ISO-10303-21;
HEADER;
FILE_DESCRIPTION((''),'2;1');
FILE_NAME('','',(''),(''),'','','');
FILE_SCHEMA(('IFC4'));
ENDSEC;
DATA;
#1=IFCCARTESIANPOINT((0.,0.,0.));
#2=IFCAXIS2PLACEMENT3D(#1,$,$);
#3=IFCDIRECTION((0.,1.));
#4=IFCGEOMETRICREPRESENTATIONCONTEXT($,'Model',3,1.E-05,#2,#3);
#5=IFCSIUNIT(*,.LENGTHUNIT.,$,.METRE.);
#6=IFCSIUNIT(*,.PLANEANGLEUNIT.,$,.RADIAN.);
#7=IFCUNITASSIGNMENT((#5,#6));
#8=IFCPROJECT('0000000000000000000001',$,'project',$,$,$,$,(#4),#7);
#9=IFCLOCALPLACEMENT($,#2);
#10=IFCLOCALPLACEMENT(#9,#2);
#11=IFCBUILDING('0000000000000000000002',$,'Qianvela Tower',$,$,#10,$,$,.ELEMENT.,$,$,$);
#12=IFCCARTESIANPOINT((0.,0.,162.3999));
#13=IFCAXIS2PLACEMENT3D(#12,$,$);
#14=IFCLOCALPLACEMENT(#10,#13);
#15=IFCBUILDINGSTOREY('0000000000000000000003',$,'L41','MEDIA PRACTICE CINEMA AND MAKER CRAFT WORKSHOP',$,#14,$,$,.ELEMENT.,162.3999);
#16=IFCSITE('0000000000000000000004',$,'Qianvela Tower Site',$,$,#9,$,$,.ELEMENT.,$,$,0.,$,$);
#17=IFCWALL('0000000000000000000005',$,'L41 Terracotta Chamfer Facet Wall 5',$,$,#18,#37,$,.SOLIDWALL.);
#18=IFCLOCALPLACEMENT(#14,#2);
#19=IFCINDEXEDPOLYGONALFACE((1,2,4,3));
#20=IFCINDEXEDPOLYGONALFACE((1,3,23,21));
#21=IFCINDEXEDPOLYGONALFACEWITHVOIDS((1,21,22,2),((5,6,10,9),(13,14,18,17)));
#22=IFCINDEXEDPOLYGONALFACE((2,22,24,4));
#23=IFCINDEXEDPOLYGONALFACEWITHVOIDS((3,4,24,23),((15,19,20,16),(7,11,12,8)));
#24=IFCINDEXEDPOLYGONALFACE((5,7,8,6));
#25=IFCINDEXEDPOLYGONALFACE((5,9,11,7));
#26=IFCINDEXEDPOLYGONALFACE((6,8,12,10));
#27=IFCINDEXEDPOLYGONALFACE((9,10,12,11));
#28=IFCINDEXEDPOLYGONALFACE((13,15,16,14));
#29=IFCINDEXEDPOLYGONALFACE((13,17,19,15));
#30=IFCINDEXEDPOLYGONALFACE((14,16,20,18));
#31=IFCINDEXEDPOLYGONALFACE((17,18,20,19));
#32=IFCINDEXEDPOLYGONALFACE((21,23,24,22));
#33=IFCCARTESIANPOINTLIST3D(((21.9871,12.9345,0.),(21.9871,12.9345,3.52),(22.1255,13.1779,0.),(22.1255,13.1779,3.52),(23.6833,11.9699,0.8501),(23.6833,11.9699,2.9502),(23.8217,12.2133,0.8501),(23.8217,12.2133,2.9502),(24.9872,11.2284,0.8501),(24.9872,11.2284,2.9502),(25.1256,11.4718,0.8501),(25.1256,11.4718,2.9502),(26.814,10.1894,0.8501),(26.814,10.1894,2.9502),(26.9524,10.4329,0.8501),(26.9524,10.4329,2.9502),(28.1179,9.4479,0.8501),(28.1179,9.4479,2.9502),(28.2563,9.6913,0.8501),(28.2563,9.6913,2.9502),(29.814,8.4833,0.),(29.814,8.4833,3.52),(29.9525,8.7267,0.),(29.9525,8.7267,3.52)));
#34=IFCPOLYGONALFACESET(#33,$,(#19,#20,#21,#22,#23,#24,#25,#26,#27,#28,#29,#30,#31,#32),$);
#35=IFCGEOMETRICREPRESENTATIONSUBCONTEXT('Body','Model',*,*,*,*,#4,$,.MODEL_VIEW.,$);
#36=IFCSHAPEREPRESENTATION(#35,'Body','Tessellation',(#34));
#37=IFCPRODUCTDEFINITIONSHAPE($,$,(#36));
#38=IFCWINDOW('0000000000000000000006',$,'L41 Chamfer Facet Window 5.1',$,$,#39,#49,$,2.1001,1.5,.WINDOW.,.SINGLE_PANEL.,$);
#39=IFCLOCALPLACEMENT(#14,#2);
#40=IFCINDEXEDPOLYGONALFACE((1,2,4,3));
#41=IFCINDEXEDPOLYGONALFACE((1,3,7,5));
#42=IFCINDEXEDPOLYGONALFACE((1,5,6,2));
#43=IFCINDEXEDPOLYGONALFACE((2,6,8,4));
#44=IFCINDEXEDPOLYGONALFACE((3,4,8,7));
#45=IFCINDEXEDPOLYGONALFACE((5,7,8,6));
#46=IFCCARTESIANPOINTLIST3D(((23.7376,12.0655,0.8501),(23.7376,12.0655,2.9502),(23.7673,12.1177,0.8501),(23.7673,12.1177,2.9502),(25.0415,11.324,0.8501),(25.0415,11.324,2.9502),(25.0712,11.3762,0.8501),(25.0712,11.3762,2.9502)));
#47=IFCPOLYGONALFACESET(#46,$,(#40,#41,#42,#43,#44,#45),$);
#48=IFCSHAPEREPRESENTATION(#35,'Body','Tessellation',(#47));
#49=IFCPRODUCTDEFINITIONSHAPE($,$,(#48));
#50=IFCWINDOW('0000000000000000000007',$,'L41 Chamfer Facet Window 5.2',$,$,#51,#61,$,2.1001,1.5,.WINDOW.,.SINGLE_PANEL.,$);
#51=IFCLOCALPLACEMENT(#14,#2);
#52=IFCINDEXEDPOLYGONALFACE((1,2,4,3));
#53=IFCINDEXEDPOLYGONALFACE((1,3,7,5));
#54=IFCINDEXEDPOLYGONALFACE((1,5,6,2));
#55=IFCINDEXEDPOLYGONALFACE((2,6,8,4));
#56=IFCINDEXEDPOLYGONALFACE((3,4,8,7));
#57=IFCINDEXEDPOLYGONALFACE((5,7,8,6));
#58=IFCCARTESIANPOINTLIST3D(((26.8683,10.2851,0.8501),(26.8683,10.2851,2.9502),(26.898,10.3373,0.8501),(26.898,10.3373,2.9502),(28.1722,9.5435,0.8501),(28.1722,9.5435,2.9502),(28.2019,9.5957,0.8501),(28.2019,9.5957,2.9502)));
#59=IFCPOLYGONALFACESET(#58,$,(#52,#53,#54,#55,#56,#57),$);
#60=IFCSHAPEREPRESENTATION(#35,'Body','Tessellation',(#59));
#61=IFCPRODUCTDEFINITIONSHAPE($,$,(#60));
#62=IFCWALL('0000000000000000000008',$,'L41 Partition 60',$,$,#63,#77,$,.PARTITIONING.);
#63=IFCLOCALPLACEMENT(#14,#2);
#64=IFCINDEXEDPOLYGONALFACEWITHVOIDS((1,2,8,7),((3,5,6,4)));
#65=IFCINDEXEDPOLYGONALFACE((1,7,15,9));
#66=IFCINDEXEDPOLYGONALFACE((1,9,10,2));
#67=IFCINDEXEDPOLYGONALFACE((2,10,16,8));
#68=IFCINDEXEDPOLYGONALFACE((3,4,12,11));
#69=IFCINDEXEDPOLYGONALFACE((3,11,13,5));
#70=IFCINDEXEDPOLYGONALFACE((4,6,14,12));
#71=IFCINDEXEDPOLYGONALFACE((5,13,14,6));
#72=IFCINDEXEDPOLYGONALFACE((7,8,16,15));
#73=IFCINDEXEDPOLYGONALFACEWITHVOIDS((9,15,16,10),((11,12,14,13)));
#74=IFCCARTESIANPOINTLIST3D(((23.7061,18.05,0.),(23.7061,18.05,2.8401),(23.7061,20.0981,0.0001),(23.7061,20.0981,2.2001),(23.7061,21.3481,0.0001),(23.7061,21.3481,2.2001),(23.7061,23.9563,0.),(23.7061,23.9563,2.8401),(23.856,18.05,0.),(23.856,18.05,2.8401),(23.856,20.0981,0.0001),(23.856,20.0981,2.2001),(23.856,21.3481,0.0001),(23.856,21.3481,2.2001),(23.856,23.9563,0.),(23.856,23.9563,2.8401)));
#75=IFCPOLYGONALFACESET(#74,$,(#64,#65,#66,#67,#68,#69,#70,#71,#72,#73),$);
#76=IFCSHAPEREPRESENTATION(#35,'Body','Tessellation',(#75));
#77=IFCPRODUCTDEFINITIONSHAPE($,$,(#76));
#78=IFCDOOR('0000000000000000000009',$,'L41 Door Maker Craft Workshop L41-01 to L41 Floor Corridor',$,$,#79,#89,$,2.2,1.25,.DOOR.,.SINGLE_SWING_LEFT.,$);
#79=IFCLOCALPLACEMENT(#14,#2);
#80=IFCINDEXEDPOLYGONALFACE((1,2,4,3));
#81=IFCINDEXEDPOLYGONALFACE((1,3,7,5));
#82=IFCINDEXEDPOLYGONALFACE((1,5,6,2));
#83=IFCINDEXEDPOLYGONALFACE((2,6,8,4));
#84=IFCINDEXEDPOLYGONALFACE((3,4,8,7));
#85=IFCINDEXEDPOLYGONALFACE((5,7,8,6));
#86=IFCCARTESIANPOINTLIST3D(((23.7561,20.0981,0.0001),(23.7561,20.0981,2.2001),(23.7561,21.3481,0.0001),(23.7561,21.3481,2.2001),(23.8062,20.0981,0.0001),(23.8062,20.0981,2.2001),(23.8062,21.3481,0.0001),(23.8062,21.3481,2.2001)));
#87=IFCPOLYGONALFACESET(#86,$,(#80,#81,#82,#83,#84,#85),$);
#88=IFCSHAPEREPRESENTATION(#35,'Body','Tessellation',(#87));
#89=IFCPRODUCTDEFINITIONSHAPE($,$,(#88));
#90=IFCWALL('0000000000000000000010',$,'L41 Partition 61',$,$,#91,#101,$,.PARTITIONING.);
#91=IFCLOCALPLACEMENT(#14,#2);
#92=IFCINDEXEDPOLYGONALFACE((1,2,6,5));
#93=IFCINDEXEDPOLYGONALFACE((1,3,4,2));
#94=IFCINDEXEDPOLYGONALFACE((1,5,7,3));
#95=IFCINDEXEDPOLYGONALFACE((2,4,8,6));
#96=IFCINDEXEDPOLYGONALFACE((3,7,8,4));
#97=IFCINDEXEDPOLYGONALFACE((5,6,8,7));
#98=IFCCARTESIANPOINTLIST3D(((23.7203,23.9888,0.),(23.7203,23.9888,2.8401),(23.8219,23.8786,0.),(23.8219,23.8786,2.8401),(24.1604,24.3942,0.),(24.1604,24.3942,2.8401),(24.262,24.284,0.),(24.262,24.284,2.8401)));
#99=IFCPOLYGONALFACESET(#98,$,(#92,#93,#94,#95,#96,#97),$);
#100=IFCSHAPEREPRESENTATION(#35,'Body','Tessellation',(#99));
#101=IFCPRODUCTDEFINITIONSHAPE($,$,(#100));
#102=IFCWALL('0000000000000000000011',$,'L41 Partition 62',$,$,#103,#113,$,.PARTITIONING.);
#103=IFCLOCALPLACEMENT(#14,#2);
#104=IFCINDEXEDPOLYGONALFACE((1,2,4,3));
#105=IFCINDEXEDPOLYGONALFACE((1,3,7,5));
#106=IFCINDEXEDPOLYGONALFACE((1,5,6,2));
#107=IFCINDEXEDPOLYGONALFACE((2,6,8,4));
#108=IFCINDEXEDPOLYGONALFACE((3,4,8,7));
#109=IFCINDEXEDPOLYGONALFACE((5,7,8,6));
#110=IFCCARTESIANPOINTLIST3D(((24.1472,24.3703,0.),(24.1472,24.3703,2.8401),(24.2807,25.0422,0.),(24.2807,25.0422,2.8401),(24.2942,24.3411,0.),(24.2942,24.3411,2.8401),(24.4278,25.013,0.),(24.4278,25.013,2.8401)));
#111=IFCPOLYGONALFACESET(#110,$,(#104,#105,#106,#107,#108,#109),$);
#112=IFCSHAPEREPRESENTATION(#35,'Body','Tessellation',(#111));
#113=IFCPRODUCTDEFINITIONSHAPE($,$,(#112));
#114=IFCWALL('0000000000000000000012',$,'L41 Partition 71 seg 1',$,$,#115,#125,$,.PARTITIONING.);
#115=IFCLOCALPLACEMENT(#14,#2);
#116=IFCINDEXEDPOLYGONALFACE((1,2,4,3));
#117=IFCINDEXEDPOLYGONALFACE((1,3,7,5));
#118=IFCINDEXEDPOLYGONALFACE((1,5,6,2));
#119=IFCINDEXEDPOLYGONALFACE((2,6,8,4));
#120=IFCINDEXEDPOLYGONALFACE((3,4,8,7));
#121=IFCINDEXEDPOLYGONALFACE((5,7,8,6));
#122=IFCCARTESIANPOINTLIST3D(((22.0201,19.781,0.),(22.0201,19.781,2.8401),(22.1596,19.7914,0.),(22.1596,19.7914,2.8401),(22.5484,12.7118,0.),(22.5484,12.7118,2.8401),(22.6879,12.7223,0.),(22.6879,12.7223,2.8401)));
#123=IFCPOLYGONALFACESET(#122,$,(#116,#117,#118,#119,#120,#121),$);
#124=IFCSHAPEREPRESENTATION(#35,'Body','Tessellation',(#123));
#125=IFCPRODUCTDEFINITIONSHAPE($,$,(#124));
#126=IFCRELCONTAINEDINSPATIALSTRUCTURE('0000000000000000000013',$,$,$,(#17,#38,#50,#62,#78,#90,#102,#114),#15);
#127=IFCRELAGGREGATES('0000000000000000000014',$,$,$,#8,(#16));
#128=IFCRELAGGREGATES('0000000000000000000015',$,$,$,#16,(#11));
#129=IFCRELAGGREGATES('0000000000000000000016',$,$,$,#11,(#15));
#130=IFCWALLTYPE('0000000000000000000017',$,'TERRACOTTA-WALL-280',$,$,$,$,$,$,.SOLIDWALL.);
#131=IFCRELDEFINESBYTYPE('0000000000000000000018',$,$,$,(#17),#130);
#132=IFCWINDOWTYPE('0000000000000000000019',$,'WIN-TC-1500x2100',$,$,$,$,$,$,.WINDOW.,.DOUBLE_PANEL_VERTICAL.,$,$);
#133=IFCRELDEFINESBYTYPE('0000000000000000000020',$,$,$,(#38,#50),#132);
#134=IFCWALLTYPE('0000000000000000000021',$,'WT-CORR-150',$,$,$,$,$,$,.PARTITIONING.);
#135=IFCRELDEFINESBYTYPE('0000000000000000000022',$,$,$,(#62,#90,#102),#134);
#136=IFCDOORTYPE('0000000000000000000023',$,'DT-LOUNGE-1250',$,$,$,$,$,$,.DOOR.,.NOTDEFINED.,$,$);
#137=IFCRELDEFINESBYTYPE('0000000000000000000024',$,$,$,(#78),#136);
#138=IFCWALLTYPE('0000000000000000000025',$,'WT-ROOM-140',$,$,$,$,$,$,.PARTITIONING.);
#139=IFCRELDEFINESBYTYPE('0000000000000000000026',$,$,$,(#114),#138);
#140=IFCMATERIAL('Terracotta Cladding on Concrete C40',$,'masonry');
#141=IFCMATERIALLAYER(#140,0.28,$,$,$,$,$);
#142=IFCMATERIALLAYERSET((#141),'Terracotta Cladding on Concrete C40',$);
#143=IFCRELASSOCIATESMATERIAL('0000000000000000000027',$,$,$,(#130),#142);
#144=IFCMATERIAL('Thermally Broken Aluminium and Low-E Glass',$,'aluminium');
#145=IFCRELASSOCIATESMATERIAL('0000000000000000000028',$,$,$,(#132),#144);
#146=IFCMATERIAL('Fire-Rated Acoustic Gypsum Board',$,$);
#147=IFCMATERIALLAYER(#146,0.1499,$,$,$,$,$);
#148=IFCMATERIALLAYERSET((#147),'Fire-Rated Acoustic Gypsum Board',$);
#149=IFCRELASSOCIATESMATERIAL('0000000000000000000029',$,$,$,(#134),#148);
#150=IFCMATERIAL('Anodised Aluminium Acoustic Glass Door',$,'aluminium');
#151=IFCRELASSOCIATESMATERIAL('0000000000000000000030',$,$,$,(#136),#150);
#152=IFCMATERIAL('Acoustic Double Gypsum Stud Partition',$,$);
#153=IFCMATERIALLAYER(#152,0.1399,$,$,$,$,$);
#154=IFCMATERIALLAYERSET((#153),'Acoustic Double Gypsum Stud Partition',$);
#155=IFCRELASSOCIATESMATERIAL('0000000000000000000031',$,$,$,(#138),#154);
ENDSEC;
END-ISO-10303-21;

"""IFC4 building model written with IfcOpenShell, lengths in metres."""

from ifc_helpers import new_model, si_unit, direction, frame, frame_2d, origin, place, context, subcontext, project, spatial, rectangle, extrude, material, layer, layer_set, type_object, element, fill, save


model = new_model("IFC4")

# Units and contexts
model_context = context("Model", 3, precision=1e-05, world=origin(), true_north=direction((0.0, 1.0)))
body_context = subcontext(model_context, "Body", "Model", "MODEL_VIEW")
ifc_project = project(units=[si_unit("LENGTHUNIT", "METRE"), si_unit("PLANEANGLEUNIT", "RADIAN")], contexts=[model_context])

# Site, building, storey
site_placement = place(None, origin())
site = spatial("IfcSite", under=ifc_project, at=site_placement, Name="Qianvela Tower Site", CompositionType="ELEMENT", RefElevation=0.0)
building_placement = place(site_placement, origin())
building = spatial("IfcBuilding", under=site, at=building_placement, Name="Qianvela Tower", CompositionType="ELEMENT")
storey_placement = place(building_placement, frame((0.0, 0.0, 162.3999)))
storey = spatial("IfcBuildingStorey", under=building, at=storey_placement, Name="L41", Description="MEDIA PRACTICE CINEMA AND MAKER CRAFT WORKSHOP", CompositionType="ELEMENT", Elevation=162.3999)

# Wall, openings, windows
ifc_material_1 = material(Name="Terracotta Cladding on Concrete C40", Category="masonry")
ifc_layer_1 = layer(ifc_material_1, 0.28)
ifc_layer_set_1 = layer_set([ifc_layer_1], Name="Terracotta Cladding on Concrete C40")
wall_type_1 = type_object("IfcWallType", Name="TERRACOTTA-WALL-280", PredefinedType="SOLIDWALL", material=ifc_layer_set_1)
wall_1_placement = place(storey_placement, frame((22.0564, 13.0562, 0.0), z_axis=(0.0, 0.0, 1.0), x_axis=(0.869262, -0.494351, 0.0)))
wall_1 = element("IfcWall", 1, at=wall_1_placement, inside=storey, type_object=wall_type_1, Name="L41 Terracotta Chamfer Facet Wall 5", PredefinedType="SOLIDWALL", context=body_context, shape_type="SweptSolid", body=[
    extrude(rectangle(XDim=9.0042, YDim=0.28, at=frame_2d((4.502, 0.0))), origin(), (0.0, 0.0, 1.0), 3.52),
])
opening_1_placement = place(wall_1_placement, frame((1.9512, 0.0, 0.8501)))
opening_1 = element("IfcOpeningElement", 2, at=opening_1_placement, cuts=wall_1, PredefinedType="OPENING", context=body_context, shape_type="SweptSolid", body=[
    extrude(rectangle(XDim=1.5, YDim=2.1001, at=frame_2d((0.75, 1.05))), frame((0.0, 0.1499, 0.0), z_axis=(0.0, -1.0, 0.0), x_axis=(1.0, 0.0, 0.0)), (0.0, 0.0, 1.0), 0.3),
])
opening_2_placement = place(wall_1_placement, frame((5.5527, 0.0, 0.8501)))
opening_2 = element("IfcOpeningElement", 3, at=opening_2_placement, cuts=wall_1, PredefinedType="OPENING", context=body_context, shape_type="SweptSolid", body=[
    extrude(rectangle(XDim=1.5, YDim=2.1001, at=frame_2d((0.75, 1.05))), frame((0.0, 0.1499, 0.0), z_axis=(0.0, -1.0, 0.0), x_axis=(1.0, 0.0, 0.0)), (0.0, 0.0, 1.0), 0.3),
])
ifc_material_2 = material(Name="Thermally Broken Aluminium and Low-E Glass", Category="aluminium")
window_type = type_object("IfcWindowType", Name="WIN-TC-1500x2100", PartitioningType="DOUBLE_PANEL_VERTICAL", PredefinedType="WINDOW", material=ifc_material_2)
window_1_placement = place(opening_1_placement, origin())
window_1 = element("IfcWindow", 4, at=window_1_placement, inside=storey, type_object=window_type, Name="L41 Chamfer Facet Window 5.1", OverallHeight=2.1001, OverallWidth=1.5, PartitioningType="SINGLE_PANEL", PredefinedType="WINDOW", context=body_context, shape_type="SweptSolid", body=[
    extrude(rectangle(XDim=1.5, YDim=2.1001, at=frame_2d((0.75, 1.05))), frame((0.0, 0.03, 0.0), z_axis=(0.0, -1.0, 0.0), x_axis=(1.0, 0.0, 0.0)), (0.0, 0.0, 1.0), 0.0601),
])
fill(opening_1, window_1)
window_2_placement = place(opening_2_placement, origin())
window_2 = element("IfcWindow", 5, at=window_2_placement, inside=storey, type_object=window_type, Name="L41 Chamfer Facet Window 5.2", OverallHeight=2.1001, OverallWidth=1.5, PartitioningType="SINGLE_PANEL", PredefinedType="WINDOW", context=body_context, shape_type="SweptSolid", body=[
    extrude(rectangle(XDim=1.5, YDim=2.1001, at=frame_2d((0.75, 1.05))), frame((0.0, 0.03, 0.0), z_axis=(0.0, -1.0, 0.0), x_axis=(1.0, 0.0, 0.0)), (0.0, 0.0, 1.0), 0.0601),
])
fill(opening_2, window_2)

# Wall, opening, door
ifc_material_3 = material(Name="Fire-Rated Acoustic Gypsum Board")
ifc_layer_2 = layer(ifc_material_3, 0.1499)
ifc_layer_set_2 = layer_set([ifc_layer_2], Name="Fire-Rated Acoustic Gypsum Board")
wall_type_2 = type_object("IfcWallType", Name="WT-CORR-150", PredefinedType="PARTITIONING", material=ifc_layer_set_2)
wall_2_placement = place(storey_placement, frame((23.781, 18.05, 0.0), z_axis=(0.0, 0.0, 1.0), x_axis=(0.0, 1.0, 0.0)))
wall_2 = element("IfcWall", 6, at=wall_2_placement, inside=storey, type_object=wall_type_2, Name="L41 Partition 60", PredefinedType="PARTITIONING", context=body_context, shape_type="SweptSolid", body=[
    extrude(rectangle(XDim=5.9062, YDim=0.1499, at=frame_2d((2.9531, 0.0))), origin(), (0.0, 0.0, 1.0), 2.8401),
])
opening_3_placement = place(wall_2_placement, frame((2.0481, 0.0, 0.0)))
opening_3 = element("IfcOpeningElement", 7, at=opening_3_placement, cuts=wall_2, PredefinedType="OPENING", context=body_context, shape_type="SweptSolid", body=[
    extrude(rectangle(XDim=1.25, YDim=2.2, at=frame_2d((0.625, 1.1001))), frame((0.0, 0.085, 0.0), z_axis=(0.0, -1.0, 0.0), x_axis=(1.0, 0.0, 0.0)), (0.0, 0.0, 1.0), 0.1699),
])
ifc_material_4 = material(Name="Anodised Aluminium Acoustic Glass Door", Category="aluminium")
door_type = type_object("IfcDoorType", Name="DT-LOUNGE-1250", OperationType="NOTDEFINED", PredefinedType="DOOR", material=ifc_material_4)
door_placement = place(opening_3_placement, origin())
door = element("IfcDoor", 8, at=door_placement, inside=storey, type_object=door_type, Name="L41 Door Maker Craft Workshop L41-01 to L41 Floor Corridor", OperationType="SINGLE_SWING_LEFT", OverallHeight=2.2, OverallWidth=1.25, PredefinedType="DOOR", context=body_context, shape_type="SweptSolid", body=[
    extrude(rectangle(XDim=1.25, YDim=2.2, at=frame_2d((0.625, 1.1001))), frame((0.0, 0.0249, 0.0), z_axis=(0.0, -1.0, 0.0), x_axis=(1.0, 0.0, 0.0)), (0.0, 0.0, 1.0), 0.05),
])
fill(opening_3, door)

# Walls
wall_3_placement = place(storey_placement, frame((23.771, 23.9336, 0.0), z_axis=(0.0, 0.0, 1.0), x_axis=(0.735476, 0.677551, 0.0)))
element("IfcWall", 9, at=wall_3_placement, inside=storey, type_object=wall_type_2, Name="L41 Partition 61", PredefinedType="PARTITIONING", context=body_context, shape_type="SweptSolid", body=[
    extrude(rectangle(XDim=0.5984, YDim=0.1499, at=frame_2d((0.2993, 0.0))), origin(), (0.0, 0.0, 1.0), 2.8401),
])
wall_4_placement = place(storey_placement, frame((24.2207, 24.3557, 0.0), z_axis=(0.0, 0.0, 1.0), x_axis=(0.194951, 0.980813, 0.0)))
element("IfcWall", 10, at=wall_4_placement, inside=storey, type_object=wall_type_2, Name="L41 Partition 62", PredefinedType="PARTITIONING", context=body_context, shape_type="SweptSolid", body=[
    extrude(rectangle(XDim=0.6851, YDim=0.1499, at=frame_2d((0.3425, 0.0))), origin(), (0.0, 0.0, 1.0), 2.8401),
])
ifc_material_5 = material(Name="Acoustic Double Gypsum Stud Partition")
ifc_layer_3 = layer(ifc_material_5, 0.1399)
ifc_layer_set_3 = layer_set([ifc_layer_3], Name="Acoustic Double Gypsum Stud Partition")
wall_type_3 = type_object("IfcWallType", Name="WT-ROOM-140", PredefinedType="PARTITIONING", material=ifc_layer_set_3)
wall_5_placement = place(storey_placement, frame((22.6182, 12.717, 0.0), z_axis=(0.0, 0.0, 1.0), x_axis=(-0.074529, 0.997219, 0.0)))
element("IfcWall", 11, at=wall_5_placement, inside=storey, type_object=wall_type_3, Name="L41 Partition 71 seg 1", PredefinedType="PARTITIONING", context=body_context, shape_type="SweptSolid", body=[
    extrude(rectangle(XDim=7.0889, YDim=0.1399, at=frame_2d((3.5444, 0.0))), origin(), (0.0, 0.0, 1.0), 2.8401),
])

save(model, "model.ifc")
